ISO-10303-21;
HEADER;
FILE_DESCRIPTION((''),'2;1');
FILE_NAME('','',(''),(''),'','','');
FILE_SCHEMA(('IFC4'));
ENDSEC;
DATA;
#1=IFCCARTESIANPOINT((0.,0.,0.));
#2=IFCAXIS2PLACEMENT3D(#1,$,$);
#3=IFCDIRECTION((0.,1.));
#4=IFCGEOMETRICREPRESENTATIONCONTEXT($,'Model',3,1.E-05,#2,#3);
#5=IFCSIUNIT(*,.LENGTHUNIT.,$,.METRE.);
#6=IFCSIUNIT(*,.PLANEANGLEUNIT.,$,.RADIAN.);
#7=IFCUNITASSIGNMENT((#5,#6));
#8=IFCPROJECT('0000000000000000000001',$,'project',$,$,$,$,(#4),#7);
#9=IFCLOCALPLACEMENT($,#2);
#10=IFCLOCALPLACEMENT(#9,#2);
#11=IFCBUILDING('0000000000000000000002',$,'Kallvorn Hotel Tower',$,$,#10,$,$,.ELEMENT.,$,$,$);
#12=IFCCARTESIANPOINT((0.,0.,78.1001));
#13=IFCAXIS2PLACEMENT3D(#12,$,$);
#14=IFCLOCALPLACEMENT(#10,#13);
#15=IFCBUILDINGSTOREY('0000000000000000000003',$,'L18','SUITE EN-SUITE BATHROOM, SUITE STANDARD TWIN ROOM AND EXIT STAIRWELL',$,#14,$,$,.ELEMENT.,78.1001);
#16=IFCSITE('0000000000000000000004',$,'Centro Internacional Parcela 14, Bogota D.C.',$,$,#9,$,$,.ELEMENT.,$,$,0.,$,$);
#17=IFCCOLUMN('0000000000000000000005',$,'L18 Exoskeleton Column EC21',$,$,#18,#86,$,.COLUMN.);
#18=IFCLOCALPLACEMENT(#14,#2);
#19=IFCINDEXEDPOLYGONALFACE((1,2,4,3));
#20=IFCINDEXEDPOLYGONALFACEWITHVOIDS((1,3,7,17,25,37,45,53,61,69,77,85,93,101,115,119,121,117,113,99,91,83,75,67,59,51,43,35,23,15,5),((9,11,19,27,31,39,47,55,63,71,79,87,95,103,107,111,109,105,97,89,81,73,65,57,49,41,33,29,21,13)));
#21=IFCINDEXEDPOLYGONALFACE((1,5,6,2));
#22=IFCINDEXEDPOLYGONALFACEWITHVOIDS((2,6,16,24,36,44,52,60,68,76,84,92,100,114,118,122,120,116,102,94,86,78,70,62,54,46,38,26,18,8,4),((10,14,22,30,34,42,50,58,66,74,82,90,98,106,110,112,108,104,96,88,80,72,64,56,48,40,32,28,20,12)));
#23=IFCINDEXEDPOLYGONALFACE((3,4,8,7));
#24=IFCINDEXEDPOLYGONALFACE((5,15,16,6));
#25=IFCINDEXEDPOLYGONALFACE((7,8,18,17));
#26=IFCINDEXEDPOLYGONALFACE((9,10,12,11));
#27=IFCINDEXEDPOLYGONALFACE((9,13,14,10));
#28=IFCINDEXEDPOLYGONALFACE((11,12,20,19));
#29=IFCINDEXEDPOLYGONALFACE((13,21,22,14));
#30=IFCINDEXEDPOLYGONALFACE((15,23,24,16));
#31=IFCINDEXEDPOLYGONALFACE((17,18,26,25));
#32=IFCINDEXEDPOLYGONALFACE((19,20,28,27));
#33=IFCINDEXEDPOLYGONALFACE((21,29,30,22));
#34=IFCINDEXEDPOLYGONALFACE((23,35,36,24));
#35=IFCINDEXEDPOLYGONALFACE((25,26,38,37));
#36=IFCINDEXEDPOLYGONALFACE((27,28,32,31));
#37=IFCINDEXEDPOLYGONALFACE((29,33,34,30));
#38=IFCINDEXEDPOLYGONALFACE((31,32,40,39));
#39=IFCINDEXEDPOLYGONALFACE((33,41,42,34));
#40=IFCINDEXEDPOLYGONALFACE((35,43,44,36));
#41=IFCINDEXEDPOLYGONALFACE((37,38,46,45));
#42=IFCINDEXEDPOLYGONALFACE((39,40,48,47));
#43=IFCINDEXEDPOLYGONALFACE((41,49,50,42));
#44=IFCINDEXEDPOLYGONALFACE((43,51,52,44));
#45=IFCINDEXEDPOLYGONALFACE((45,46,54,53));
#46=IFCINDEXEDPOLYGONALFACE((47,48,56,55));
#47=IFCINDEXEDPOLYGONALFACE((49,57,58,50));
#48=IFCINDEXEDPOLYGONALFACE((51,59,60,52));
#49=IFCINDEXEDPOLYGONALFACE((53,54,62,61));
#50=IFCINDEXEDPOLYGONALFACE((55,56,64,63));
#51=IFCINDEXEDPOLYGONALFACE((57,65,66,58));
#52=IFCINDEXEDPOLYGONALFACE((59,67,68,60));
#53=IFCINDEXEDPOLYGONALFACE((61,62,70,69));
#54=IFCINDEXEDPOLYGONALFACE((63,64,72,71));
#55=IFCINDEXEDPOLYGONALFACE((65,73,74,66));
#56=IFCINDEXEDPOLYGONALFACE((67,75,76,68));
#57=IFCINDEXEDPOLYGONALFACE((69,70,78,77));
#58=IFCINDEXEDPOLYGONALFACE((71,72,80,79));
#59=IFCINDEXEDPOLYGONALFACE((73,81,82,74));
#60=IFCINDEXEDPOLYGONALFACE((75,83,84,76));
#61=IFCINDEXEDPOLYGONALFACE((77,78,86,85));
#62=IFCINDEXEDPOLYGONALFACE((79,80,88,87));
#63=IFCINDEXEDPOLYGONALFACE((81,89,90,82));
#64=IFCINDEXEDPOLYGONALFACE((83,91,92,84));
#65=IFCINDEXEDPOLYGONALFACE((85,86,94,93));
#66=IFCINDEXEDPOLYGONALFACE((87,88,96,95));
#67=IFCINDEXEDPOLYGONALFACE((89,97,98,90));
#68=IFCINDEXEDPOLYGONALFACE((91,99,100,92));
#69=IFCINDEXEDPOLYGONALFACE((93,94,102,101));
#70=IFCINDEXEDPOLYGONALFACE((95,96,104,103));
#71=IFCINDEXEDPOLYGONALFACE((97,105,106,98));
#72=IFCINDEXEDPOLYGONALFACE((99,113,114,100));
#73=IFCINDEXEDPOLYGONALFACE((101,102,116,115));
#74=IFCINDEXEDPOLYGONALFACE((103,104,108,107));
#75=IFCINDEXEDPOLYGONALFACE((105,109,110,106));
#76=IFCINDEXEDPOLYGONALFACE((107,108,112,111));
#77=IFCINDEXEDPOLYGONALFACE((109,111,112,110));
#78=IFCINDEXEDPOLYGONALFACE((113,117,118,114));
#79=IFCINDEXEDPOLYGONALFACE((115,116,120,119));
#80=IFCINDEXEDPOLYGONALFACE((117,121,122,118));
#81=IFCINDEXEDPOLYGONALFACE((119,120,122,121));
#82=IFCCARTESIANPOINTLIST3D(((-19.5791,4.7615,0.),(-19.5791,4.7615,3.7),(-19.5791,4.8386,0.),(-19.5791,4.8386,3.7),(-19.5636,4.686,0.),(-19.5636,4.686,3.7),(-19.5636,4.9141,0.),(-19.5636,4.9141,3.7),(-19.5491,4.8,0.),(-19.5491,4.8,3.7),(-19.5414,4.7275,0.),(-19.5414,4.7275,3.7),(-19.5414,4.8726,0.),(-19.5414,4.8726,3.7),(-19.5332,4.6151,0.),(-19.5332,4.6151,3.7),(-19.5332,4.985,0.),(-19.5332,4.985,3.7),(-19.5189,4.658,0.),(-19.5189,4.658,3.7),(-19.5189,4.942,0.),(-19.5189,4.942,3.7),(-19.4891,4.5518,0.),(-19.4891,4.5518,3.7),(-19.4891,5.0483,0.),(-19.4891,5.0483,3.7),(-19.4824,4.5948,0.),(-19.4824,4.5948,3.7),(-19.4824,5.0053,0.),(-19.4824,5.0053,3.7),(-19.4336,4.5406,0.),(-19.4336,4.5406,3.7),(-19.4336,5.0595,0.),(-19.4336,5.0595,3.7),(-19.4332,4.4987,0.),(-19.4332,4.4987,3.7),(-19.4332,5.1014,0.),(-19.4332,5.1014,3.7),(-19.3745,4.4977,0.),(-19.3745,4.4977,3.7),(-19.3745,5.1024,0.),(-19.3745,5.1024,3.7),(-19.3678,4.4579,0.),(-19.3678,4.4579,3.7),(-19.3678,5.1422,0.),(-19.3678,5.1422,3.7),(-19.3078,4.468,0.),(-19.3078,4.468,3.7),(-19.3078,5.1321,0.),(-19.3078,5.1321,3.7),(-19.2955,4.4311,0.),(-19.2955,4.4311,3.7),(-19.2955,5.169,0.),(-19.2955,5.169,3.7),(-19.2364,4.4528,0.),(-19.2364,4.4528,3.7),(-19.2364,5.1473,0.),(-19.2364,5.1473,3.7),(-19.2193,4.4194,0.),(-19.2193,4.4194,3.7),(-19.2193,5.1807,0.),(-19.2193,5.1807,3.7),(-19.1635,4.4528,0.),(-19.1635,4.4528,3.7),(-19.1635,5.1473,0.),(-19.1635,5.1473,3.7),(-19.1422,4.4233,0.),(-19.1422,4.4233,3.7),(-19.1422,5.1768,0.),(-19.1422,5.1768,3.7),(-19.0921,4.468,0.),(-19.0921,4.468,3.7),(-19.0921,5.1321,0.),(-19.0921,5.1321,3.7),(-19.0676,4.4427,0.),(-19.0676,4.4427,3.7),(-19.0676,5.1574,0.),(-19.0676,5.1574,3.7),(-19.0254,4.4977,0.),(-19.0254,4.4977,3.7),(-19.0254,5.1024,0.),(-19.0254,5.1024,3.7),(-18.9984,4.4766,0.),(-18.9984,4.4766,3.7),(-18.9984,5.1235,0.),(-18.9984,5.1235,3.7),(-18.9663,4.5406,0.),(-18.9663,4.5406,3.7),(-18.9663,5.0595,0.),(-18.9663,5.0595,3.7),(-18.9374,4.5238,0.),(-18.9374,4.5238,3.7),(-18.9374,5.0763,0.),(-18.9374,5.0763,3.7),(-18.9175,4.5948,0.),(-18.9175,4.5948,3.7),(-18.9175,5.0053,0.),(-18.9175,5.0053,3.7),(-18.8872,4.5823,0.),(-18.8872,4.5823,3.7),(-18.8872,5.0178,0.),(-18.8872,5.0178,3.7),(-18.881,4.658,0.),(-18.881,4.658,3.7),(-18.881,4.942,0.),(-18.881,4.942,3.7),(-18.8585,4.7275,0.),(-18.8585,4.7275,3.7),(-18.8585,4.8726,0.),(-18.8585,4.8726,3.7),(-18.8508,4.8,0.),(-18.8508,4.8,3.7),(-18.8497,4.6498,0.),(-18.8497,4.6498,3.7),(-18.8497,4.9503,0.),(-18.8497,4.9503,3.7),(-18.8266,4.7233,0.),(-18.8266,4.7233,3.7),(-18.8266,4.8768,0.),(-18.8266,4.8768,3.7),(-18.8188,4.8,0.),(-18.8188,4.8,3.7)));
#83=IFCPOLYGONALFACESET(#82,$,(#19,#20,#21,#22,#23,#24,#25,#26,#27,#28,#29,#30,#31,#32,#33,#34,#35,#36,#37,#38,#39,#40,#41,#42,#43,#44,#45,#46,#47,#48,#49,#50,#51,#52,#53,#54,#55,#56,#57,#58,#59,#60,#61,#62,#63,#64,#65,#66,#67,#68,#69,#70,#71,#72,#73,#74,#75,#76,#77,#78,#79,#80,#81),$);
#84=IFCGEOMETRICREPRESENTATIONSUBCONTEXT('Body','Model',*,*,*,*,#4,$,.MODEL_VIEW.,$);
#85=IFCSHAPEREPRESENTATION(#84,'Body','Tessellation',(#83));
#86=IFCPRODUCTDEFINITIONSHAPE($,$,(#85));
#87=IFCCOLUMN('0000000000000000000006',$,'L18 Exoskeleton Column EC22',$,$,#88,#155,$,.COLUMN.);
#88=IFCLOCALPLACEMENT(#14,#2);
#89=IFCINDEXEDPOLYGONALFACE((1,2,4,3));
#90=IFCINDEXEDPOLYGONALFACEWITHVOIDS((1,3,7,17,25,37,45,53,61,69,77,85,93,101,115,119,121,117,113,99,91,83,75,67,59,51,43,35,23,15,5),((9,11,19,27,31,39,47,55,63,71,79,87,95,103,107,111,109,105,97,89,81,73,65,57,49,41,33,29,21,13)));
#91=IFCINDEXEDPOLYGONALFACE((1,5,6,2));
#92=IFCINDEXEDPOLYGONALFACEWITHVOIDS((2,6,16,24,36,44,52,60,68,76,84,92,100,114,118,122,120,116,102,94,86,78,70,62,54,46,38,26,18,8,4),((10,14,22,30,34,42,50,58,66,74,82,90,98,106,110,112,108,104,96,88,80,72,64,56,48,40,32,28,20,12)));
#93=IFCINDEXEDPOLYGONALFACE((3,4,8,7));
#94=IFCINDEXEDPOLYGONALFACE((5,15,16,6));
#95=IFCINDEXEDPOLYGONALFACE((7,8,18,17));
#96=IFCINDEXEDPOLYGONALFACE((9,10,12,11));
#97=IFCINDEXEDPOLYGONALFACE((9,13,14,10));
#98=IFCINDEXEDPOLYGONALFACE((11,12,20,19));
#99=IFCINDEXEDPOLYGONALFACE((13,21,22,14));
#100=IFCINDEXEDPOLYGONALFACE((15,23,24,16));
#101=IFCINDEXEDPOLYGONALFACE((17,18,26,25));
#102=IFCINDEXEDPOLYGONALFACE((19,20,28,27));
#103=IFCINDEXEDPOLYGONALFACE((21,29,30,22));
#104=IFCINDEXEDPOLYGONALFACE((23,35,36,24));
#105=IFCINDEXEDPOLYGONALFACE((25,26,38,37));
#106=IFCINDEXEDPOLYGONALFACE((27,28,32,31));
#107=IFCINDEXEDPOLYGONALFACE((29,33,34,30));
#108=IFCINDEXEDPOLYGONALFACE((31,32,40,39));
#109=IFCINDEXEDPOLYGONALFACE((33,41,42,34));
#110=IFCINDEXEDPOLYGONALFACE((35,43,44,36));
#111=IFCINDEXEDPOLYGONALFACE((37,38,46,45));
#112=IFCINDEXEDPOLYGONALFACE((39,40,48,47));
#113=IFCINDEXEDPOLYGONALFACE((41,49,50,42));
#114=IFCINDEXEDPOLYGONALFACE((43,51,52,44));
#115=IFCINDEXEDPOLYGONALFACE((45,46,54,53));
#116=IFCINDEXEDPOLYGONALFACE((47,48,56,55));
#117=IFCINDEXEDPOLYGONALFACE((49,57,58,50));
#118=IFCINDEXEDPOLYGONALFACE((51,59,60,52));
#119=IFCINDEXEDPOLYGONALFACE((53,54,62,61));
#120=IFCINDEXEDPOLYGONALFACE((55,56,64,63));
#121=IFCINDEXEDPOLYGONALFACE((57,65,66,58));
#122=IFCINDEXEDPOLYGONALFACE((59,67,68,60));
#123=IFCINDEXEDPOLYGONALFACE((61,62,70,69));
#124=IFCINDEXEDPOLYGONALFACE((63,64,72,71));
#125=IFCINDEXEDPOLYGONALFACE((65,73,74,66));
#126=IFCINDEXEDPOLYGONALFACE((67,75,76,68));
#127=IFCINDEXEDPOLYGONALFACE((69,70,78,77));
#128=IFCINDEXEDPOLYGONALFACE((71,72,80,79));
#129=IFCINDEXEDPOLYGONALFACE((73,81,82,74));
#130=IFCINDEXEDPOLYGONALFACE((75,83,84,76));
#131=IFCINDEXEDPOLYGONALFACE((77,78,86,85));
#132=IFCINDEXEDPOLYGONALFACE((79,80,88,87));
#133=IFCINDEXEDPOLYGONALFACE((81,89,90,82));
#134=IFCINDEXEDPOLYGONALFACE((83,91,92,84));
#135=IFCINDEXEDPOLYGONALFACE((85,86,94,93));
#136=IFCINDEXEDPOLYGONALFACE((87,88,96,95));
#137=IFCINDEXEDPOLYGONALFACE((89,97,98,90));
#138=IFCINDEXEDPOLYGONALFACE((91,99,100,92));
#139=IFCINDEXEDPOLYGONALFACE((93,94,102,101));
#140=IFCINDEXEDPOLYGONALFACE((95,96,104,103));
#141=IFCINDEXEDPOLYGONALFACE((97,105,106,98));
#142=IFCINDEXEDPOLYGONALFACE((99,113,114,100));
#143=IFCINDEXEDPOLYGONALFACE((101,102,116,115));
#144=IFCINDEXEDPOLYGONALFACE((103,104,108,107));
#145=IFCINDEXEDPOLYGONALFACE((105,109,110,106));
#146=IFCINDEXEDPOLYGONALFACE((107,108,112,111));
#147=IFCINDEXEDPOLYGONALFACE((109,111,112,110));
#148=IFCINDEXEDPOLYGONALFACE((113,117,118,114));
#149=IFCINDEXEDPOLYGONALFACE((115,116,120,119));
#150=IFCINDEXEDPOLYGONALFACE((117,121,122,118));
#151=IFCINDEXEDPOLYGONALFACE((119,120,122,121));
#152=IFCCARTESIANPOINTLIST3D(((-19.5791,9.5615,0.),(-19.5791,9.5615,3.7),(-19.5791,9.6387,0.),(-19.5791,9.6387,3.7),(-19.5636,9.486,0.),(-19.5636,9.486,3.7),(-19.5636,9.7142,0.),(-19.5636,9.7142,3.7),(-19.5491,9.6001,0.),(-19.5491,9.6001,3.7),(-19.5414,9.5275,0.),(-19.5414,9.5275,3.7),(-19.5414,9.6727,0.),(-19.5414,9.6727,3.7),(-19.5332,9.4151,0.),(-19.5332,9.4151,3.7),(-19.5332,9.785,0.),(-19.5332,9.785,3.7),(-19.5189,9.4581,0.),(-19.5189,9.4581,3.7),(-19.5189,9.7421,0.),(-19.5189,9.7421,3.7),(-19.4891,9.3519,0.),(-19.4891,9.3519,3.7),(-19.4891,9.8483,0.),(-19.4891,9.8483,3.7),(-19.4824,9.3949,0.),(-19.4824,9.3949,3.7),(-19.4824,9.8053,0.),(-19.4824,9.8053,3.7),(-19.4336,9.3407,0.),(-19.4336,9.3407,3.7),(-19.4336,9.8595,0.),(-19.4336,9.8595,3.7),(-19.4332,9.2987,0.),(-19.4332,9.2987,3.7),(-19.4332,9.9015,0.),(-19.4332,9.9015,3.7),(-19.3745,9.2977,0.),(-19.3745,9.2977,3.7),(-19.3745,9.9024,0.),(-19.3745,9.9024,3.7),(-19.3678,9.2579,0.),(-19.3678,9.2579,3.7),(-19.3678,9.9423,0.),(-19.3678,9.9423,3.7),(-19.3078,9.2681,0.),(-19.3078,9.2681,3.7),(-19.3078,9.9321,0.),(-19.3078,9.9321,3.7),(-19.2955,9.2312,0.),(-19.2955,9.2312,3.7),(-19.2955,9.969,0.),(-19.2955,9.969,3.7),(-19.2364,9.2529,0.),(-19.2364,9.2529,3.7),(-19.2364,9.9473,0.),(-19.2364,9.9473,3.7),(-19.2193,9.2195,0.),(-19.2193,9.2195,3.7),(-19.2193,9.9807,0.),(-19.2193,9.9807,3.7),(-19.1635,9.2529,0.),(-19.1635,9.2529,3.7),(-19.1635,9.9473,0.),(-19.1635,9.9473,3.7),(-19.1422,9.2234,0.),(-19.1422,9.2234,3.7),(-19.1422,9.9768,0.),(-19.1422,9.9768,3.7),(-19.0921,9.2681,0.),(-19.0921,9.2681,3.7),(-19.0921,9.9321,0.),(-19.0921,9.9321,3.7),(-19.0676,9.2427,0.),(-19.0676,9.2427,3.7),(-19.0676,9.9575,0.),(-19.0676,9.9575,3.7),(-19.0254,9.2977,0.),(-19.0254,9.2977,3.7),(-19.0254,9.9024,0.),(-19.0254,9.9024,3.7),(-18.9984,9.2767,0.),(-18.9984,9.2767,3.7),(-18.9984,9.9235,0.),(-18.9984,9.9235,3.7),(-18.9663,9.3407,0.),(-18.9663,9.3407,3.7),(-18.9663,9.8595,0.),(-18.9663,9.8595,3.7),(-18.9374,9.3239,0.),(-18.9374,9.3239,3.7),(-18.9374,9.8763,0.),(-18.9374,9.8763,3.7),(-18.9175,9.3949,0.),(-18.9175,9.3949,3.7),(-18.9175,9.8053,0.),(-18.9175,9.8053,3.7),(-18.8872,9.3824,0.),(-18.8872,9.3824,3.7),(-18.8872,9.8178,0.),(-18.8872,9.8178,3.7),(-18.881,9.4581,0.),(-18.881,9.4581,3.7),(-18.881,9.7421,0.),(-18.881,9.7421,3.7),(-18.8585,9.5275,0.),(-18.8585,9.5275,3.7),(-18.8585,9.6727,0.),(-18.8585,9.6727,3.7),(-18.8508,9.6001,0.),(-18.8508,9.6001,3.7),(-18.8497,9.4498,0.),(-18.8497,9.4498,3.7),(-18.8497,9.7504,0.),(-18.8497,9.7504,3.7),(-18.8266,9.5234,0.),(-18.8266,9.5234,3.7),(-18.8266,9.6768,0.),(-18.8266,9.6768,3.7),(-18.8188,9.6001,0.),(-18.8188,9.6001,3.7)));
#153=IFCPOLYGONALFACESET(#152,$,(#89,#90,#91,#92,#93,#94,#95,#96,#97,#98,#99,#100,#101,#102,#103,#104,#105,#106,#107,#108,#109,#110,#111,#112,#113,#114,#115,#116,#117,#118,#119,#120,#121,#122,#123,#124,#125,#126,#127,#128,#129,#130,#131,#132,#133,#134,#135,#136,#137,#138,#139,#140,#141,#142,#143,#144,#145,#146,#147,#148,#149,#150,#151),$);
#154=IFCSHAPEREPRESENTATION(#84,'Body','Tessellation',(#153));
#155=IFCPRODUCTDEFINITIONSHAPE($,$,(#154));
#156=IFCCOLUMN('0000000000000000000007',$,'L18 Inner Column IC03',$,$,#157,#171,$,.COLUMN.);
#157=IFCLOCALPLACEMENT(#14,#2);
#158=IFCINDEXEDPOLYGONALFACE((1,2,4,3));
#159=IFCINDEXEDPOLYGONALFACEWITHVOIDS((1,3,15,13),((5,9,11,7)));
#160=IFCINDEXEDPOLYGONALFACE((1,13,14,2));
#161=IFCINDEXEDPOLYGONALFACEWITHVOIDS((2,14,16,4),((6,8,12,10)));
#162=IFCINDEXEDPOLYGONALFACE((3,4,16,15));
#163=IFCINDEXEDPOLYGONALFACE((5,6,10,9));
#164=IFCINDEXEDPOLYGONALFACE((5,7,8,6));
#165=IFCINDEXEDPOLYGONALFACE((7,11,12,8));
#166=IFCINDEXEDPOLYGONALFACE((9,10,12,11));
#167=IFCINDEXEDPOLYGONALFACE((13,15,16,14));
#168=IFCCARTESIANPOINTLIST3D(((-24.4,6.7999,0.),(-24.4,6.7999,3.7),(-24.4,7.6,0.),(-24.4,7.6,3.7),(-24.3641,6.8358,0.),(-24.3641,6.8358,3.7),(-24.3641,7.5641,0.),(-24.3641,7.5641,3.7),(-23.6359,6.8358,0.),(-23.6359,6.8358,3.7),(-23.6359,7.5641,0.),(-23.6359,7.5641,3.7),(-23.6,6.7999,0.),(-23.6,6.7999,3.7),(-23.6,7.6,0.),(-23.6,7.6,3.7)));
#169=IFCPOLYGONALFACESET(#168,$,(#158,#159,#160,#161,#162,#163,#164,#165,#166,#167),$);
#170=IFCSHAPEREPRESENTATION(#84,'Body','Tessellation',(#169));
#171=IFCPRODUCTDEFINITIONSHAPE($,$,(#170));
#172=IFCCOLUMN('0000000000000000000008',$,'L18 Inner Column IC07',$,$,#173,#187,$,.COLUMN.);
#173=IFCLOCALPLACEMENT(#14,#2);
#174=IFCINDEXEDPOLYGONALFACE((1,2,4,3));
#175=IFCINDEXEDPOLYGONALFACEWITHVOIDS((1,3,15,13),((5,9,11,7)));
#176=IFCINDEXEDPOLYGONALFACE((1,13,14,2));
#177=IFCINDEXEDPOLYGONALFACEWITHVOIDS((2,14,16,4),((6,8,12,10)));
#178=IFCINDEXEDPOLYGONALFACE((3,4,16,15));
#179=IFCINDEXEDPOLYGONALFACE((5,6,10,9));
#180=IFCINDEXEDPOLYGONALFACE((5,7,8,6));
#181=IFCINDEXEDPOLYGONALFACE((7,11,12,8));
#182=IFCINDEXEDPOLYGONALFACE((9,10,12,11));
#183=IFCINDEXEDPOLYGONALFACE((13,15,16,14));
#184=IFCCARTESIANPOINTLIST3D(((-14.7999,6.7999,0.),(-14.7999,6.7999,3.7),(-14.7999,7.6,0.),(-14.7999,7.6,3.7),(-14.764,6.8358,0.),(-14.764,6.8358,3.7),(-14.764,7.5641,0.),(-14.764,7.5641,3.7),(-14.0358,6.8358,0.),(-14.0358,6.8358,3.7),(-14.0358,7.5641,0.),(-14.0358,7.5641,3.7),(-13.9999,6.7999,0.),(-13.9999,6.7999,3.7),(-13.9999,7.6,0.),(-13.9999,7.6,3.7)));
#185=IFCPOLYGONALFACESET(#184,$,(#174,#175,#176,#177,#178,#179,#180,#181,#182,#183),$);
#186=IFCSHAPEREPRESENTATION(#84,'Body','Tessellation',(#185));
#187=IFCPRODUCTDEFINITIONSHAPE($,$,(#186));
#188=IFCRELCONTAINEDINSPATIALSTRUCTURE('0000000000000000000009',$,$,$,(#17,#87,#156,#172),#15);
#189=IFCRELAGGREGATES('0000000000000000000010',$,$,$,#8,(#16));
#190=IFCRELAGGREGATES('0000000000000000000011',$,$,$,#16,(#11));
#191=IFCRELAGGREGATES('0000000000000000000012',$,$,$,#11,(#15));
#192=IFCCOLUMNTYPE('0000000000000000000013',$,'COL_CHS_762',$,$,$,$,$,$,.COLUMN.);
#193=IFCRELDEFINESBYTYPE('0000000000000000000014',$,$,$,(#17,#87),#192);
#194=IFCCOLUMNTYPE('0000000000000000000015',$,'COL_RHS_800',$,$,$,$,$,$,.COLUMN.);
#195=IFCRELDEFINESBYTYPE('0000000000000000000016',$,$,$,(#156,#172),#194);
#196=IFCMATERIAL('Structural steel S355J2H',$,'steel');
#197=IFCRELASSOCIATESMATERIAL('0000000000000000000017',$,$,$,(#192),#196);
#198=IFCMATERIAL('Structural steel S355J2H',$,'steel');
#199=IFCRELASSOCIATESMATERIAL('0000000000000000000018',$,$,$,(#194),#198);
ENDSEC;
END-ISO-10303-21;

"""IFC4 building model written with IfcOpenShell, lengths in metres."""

from ifc_helpers import new_model, si_unit, direction, frame, origin, origin_2d, place, context, subcontext, project, spatial, hollow_rectangle, hollow_circle, extrude, material, material_profile, profile_set, type_object, element, save


model = new_model("IFC4")

# Units and contexts
model_context = context("Model", 3, precision=1e-05, world=origin(), true_north=direction((0.0, 1.0)))
body_context = subcontext(model_context, "Body", "Model", "MODEL_VIEW")
ifc_project = project(units=[si_unit("LENGTHUNIT", "METRE"), si_unit("PLANEANGLEUNIT", "RADIAN")], contexts=[model_context])

# Site, building, storey
site_placement = place(None, origin())
site = spatial("IfcSite", under=ifc_project, at=site_placement, Name="Centro Internacional Parcela 14, Bogota D.C.", CompositionType="ELEMENT", RefElevation=0.0)
building_placement = place(site_placement, origin())
building = spatial("IfcBuilding", under=site, at=building_placement, Name="Kallvorn Hotel Tower", CompositionType="ELEMENT")
storey_placement = place(building_placement, frame((0.0, 0.0, 78.1001)))
storey = spatial("IfcBuildingStorey", under=building, at=storey_placement, Name="L18", Description="SUITE EN-SUITE BATHROOM, SUITE STANDARD TWIN ROOM AND EXIT STAIRWELL", CompositionType="ELEMENT", Elevation=78.1001)

# Columns
ifc_material_1 = material(Name="Structural steel S355J2H", Category="steel")
ifc_material_profile_1 = material_profile(ifc_material_1, hollow_circle(Radius=0.3811, WallThickness=0.032, at=origin_2d()), Name="CHS 762x32")
ifc_profile_set_1 = profile_set([ifc_material_profile_1], Name="Structural steel S355J2H")
column_type_1 = type_object("IfcColumnType", Name="COL_CHS_762", PredefinedType="COLUMN", material=ifc_profile_set_1)
for number, where, z_axis, x_axis, name in (
    (1, (-19.2, 4.8, 0.0), (0.0, 0.0, 1.0), (1.0, 0.0, 0.0), "L18 Exoskeleton Column EC21"),
    (2, (-19.2, 9.6001, 0.0), (0.0, 0.0, 1.0), (1.0, 0.0, 0.0), "L18 Exoskeleton Column EC22"),
):
    element("IfcColumn", number, at=place(storey_placement, frame(where, z_axis=z_axis, x_axis=x_axis)), inside=storey, type_object=column_type_1, Name=name, PredefinedType="COLUMN", context=body_context, shape_type="SweptSolid", body=[
        extrude(hollow_circle(Radius=0.3811, WallThickness=0.032, at=origin_2d()), origin(), (0.0, 0.0, 1.0), 3.7),
    ])
ifc_material_2 = material(Name="Structural steel S355J2H", Category="steel")
ifc_material_profile_2 = material_profile(ifc_material_2, hollow_rectangle(XDim=0.8, YDim=0.8, WallThickness=0.0359, at=origin_2d()), Name="RHS 800x800x36")
ifc_profile_set_2 = profile_set([ifc_material_profile_2], Name="Structural steel S355J2H")
column_type_2 = type_object("IfcColumnType", Name="COL_RHS_800", PredefinedType="COLUMN", material=ifc_profile_set_2)
for number, where, z_axis, x_axis, name in (
    (3, (-24.0, 7.2, 0.0), (0.0, 0.0, 1.0), (1.0, 0.0, 0.0), "L18 Inner Column IC03"),
    (4, (-14.3999, 7.2, 0.0), (0.0, 0.0, 1.0), (1.0, 0.0, 0.0), "L18 Inner Column IC07"),
):
    element("IfcColumn", number, at=place(storey_placement, frame(where, z_axis=z_axis, x_axis=x_axis)), inside=storey, type_object=column_type_2, Name=name, PredefinedType="COLUMN", context=body_context, shape_type="SweptSolid", body=[
        extrude(hollow_rectangle(XDim=0.8, YDim=0.8, WallThickness=0.0359, at=origin_2d()), origin(), (0.0, 0.0, 1.0), 3.7),
    ])

save(model, "model.ifc")
